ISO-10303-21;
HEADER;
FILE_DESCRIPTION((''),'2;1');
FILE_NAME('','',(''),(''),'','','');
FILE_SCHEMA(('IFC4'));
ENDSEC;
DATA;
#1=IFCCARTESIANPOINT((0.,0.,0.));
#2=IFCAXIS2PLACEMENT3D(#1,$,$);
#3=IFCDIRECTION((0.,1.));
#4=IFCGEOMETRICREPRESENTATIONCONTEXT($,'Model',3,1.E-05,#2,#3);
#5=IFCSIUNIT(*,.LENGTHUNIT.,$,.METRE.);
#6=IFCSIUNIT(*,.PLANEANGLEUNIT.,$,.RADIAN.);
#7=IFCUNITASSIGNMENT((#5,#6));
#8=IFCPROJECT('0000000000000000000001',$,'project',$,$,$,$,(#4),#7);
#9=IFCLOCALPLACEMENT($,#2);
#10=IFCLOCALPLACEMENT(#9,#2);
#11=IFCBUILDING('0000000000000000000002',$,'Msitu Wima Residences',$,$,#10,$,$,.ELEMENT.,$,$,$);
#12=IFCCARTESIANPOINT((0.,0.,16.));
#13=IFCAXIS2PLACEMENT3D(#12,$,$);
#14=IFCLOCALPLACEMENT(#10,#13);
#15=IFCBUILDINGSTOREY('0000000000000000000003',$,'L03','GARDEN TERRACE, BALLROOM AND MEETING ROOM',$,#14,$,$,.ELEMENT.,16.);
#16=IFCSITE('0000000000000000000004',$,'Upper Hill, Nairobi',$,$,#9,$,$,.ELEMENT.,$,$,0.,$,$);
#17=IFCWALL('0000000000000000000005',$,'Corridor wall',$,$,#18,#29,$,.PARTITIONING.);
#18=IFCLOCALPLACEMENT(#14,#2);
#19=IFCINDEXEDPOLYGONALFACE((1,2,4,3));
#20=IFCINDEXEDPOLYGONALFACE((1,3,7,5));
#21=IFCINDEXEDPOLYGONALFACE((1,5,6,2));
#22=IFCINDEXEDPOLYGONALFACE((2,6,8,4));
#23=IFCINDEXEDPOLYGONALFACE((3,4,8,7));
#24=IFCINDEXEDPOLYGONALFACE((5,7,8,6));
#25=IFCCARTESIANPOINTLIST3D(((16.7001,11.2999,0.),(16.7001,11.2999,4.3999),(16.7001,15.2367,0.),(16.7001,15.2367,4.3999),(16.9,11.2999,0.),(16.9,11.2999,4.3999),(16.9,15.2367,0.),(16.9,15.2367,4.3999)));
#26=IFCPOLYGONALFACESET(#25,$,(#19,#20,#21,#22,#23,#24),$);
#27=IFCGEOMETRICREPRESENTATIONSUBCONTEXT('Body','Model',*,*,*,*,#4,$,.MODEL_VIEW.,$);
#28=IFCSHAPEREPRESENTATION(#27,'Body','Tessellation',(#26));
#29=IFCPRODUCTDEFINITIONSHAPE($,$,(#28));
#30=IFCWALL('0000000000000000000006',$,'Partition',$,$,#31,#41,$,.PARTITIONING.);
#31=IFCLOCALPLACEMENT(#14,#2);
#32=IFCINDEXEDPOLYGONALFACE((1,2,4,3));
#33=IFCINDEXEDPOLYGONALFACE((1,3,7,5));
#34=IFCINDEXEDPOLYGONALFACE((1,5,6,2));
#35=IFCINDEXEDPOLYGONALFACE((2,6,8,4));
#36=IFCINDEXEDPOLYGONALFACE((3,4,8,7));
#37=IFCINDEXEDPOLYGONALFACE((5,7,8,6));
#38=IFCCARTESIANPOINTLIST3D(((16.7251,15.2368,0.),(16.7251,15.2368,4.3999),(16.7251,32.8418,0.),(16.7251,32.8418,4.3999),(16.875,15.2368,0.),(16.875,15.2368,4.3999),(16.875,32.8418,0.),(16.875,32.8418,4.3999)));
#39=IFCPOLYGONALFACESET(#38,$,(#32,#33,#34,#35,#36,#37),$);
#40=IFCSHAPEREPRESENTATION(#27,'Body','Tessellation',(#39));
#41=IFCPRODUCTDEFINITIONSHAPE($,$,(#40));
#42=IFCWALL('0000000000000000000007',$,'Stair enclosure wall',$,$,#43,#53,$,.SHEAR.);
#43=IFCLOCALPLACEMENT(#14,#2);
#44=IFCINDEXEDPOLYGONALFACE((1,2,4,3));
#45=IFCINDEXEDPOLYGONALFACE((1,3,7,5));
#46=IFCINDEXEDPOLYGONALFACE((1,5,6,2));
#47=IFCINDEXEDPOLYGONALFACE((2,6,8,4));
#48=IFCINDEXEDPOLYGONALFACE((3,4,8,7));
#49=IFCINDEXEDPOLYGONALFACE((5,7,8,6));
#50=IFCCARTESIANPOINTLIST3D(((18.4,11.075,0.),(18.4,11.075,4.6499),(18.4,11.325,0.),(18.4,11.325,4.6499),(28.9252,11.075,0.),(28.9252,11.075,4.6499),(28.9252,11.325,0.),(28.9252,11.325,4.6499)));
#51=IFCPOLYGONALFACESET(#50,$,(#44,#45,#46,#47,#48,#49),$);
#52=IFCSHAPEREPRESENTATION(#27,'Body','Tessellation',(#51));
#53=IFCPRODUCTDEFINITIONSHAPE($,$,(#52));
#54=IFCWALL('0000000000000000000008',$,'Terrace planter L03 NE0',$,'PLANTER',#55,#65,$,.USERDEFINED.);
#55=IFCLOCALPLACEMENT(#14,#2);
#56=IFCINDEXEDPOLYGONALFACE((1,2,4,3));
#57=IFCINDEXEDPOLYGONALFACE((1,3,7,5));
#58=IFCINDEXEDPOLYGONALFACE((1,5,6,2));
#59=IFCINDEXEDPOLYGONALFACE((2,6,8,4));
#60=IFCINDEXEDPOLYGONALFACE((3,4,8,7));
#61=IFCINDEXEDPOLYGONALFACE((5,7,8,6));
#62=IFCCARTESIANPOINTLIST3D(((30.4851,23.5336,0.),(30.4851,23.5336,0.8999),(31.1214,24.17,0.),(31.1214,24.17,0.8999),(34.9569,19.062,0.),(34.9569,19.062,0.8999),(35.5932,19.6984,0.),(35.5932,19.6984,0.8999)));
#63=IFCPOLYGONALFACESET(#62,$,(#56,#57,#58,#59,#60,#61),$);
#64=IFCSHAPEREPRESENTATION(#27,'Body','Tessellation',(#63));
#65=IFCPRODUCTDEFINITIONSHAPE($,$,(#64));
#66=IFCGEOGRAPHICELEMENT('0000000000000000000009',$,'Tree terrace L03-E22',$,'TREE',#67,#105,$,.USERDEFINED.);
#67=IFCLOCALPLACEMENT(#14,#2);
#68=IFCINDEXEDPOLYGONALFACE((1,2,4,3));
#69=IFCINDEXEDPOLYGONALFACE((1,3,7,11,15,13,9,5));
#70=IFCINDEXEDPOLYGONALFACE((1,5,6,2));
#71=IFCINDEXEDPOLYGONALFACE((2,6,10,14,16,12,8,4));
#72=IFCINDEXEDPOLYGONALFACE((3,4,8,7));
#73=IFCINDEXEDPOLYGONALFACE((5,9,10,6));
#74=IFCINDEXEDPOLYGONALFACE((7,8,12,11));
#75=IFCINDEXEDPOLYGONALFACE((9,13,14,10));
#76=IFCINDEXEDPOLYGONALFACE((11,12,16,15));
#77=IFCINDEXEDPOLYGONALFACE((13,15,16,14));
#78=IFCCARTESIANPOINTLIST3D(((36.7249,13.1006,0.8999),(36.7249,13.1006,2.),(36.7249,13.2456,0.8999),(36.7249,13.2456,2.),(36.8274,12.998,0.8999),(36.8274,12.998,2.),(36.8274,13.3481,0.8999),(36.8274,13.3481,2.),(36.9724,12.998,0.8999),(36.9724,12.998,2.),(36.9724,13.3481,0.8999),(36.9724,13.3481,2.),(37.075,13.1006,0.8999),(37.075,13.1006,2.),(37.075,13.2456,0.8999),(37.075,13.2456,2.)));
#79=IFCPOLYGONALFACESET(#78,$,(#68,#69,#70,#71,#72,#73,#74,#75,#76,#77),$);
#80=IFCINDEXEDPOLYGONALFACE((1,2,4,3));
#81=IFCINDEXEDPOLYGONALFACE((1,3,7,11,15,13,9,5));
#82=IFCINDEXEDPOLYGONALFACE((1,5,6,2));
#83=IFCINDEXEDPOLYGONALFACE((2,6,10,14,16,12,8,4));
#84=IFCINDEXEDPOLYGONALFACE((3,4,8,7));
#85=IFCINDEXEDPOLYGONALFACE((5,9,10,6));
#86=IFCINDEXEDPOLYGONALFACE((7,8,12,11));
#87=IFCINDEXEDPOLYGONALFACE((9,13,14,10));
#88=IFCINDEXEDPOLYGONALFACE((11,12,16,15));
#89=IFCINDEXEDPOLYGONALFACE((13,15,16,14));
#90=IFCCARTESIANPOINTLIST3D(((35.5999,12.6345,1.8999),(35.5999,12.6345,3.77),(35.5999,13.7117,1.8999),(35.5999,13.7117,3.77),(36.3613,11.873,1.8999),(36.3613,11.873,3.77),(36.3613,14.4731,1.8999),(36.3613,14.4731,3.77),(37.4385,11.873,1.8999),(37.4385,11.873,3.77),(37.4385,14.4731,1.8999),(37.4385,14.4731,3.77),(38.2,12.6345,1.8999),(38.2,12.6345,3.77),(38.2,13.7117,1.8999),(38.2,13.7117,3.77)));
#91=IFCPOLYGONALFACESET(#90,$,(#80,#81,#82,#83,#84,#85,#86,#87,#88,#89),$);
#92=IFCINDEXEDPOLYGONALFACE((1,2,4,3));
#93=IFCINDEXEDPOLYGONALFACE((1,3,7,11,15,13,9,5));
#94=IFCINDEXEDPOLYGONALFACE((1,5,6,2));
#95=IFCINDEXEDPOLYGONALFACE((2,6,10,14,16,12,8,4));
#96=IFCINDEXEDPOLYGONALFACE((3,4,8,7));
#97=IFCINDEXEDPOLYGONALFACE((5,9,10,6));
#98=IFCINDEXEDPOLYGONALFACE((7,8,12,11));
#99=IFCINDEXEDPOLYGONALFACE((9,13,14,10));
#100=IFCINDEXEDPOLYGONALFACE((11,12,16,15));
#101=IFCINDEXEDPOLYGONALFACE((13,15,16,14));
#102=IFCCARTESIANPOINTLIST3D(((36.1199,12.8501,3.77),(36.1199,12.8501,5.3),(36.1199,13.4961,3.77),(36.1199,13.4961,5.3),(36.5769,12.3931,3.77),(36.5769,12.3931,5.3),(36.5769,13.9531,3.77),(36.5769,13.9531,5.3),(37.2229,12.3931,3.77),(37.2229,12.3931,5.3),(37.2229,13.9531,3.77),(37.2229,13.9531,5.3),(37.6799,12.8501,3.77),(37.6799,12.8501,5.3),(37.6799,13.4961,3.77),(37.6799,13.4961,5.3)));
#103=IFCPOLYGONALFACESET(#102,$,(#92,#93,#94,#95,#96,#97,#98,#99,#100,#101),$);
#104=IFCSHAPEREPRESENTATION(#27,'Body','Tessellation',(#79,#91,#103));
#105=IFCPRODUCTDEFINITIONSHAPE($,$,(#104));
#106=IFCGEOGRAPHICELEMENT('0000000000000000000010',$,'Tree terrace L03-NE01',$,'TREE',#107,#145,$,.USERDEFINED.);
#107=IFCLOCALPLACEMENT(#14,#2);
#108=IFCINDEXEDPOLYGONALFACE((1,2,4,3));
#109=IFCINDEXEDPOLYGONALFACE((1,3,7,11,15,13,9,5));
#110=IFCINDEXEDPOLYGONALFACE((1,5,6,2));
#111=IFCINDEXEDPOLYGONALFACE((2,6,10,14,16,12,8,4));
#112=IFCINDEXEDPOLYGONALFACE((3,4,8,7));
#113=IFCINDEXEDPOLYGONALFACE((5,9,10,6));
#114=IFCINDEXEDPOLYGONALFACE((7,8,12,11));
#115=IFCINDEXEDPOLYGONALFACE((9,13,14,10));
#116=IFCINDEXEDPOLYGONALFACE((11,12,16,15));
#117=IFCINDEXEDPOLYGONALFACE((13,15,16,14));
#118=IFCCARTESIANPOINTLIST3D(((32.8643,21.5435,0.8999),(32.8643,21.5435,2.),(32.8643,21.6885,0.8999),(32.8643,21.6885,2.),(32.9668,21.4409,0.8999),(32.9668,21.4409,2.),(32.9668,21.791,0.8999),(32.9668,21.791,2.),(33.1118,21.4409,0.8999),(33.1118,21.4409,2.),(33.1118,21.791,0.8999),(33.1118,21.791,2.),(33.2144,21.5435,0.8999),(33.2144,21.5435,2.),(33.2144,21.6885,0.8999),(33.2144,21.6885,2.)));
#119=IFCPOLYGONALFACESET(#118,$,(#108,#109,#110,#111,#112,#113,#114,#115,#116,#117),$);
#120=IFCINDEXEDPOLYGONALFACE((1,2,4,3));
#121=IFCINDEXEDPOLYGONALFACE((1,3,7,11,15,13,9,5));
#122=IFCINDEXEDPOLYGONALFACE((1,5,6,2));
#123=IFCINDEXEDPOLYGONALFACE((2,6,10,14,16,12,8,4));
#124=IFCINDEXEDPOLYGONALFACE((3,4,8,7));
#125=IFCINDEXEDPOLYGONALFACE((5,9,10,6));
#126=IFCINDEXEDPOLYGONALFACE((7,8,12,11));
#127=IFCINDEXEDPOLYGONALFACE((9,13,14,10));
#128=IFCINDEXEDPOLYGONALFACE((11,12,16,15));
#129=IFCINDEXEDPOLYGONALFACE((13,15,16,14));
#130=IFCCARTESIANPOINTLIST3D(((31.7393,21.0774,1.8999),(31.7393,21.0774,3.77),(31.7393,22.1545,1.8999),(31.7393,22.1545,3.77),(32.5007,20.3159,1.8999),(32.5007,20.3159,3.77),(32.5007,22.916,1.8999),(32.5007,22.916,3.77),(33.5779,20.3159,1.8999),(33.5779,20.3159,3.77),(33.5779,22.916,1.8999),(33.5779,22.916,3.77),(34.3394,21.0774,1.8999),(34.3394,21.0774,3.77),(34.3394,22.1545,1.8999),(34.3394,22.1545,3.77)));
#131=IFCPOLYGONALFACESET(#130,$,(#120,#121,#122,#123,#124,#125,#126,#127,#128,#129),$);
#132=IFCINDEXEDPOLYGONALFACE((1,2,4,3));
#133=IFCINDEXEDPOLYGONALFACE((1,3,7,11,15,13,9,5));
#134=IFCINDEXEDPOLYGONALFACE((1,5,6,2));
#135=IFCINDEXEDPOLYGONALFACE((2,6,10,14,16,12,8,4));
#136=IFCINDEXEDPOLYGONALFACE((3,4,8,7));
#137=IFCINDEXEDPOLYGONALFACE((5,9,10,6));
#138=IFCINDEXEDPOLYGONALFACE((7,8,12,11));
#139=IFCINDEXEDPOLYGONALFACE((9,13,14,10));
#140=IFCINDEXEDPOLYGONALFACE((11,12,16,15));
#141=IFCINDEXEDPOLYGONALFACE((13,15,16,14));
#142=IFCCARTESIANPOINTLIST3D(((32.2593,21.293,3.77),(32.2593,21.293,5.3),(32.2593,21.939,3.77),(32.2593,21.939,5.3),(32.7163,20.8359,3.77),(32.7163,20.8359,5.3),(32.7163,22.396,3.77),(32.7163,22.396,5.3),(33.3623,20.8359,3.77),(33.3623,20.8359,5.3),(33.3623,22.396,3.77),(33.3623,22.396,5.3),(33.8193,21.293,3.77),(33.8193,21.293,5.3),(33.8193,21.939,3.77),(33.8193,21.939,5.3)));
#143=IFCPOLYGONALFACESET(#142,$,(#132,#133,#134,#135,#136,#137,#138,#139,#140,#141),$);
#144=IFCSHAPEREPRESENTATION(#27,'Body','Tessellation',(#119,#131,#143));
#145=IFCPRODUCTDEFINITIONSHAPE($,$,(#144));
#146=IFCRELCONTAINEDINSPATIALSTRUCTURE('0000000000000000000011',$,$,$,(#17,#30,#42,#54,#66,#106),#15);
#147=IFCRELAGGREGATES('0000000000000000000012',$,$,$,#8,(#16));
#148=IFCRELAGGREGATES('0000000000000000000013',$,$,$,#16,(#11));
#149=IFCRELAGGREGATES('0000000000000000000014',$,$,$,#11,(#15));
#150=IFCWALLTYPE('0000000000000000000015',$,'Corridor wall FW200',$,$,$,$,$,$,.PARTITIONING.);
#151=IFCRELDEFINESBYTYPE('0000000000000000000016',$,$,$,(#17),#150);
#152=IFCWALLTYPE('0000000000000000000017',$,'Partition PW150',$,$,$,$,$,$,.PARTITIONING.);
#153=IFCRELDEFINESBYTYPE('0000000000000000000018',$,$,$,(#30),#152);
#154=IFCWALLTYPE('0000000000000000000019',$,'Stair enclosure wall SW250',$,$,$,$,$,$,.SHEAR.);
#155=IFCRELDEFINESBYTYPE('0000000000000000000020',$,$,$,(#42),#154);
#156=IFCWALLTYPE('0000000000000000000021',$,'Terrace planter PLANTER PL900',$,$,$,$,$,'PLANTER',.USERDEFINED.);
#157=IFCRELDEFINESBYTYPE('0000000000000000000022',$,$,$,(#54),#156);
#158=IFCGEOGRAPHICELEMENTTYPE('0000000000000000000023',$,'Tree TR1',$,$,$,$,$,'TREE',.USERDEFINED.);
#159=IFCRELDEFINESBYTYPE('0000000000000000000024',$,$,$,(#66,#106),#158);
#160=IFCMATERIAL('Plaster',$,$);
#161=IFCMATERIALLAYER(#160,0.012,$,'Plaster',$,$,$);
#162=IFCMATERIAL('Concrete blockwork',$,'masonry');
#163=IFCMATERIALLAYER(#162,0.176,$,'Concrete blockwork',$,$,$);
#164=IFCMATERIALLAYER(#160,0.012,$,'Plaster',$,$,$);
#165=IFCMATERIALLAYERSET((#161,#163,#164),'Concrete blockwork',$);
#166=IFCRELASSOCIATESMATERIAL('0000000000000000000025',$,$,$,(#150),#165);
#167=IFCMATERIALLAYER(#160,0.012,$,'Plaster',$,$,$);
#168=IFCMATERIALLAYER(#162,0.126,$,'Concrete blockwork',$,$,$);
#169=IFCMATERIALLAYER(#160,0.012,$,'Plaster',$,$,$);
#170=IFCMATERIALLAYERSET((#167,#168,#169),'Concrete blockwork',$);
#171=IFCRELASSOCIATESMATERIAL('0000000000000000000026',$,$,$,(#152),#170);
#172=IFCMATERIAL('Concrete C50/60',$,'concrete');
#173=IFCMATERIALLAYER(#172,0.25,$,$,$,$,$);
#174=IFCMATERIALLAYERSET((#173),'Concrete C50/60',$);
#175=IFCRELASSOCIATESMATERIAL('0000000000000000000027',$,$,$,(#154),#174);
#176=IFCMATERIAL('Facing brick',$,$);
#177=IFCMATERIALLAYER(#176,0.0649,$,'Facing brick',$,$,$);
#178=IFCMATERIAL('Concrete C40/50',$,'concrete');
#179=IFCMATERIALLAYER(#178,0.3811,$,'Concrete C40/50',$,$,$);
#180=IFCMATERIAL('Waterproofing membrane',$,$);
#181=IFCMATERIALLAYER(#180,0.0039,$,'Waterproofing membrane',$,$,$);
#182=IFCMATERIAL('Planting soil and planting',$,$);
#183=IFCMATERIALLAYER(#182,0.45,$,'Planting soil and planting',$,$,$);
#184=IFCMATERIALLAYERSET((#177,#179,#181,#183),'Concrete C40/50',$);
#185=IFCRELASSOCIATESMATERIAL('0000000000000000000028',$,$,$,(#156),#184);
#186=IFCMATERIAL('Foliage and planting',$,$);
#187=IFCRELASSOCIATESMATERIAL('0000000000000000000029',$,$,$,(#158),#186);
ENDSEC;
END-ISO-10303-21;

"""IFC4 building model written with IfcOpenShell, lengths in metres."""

from ifc_helpers import new_model, si_unit, direction, frame, frame_2d, origin, place, context, subcontext, project, spatial, polyline, rectangle, outline, extrude, material, layer, layer_set, type_object, element, save


model = new_model("IFC4")

# Units and contexts
model_context = context("Model", 3, precision=1e-05, world=origin(), true_north=direction((0.0, 1.0)))
body_context = subcontext(model_context, "Body", "Model", "MODEL_VIEW")
ifc_project = project(units=[si_unit("LENGTHUNIT", "METRE"), si_unit("PLANEANGLEUNIT", "RADIAN")], contexts=[model_context])

# Site, building, storey
site_placement = place(None, origin())
site = spatial("IfcSite", under=ifc_project, at=site_placement, Name="Upper Hill, Nairobi", CompositionType="ELEMENT", RefElevation=0.0)
building_placement = place(site_placement, origin())
building = spatial("IfcBuilding", under=site, at=building_placement, Name="Msitu Wima Residences", CompositionType="ELEMENT")
storey_placement = place(building_placement, frame((0.0, 0.0, 16.0)))
storey = spatial("IfcBuildingStorey", under=building, at=storey_placement, Name="L03", Description="GARDEN TERRACE, BALLROOM AND MEETING ROOM", CompositionType="ELEMENT", Elevation=16.0)

# Walls
ifc_material_1 = material(Name="Plaster")
ifc_layer_1 = layer(ifc_material_1, 0.012, Name="Plaster")
ifc_material_2 = material(Name="Concrete blockwork", Category="masonry")
ifc_layer_2 = layer(ifc_material_2, 0.176, Name="Concrete blockwork")
ifc_layer_3 = layer(ifc_material_1, 0.012, Name="Plaster")
ifc_layer_set_1 = layer_set([ifc_layer_1, ifc_layer_2, ifc_layer_3], Name="Concrete blockwork")
wall_type_1 = type_object("IfcWallType", Name="Corridor wall FW200", PredefinedType="PARTITIONING", material=ifc_layer_set_1)
wall_1_placement = place(storey_placement, frame((16.8, 11.3, 0.0), z_axis=(0.0, 0.0, 1.0), x_axis=(0.0, 1.0, 0.0)))
element("IfcWall", 1, at=wall_1_placement, inside=storey, type_object=wall_type_1, Name="Corridor wall", PredefinedType="PARTITIONING", context=body_context, shape_type="SweptSolid", body=[
    extrude(rectangle(XDim=3.9368, YDim=0.2, at=frame_2d((1.9683, 0.0))), origin(), (0.0, 0.0, 1.0), 4.3999),
])
ifc_layer_4 = layer(ifc_material_1, 0.012, Name="Plaster")
ifc_layer_5 = layer(ifc_material_2, 0.126, Name="Concrete blockwork")
ifc_layer_6 = layer(ifc_material_1, 0.012, Name="Plaster")
ifc_layer_set_2 = layer_set([ifc_layer_4, ifc_layer_5, ifc_layer_6], Name="Concrete blockwork")
wall_type_2 = type_object("IfcWallType", Name="Partition PW150", PredefinedType="PARTITIONING", material=ifc_layer_set_2)
wall_2_placement = place(storey_placement, frame((16.8, 15.2368, 0.0), z_axis=(0.0, 0.0, 1.0), x_axis=(0.0, 1.0, 0.0)))
element("IfcWall", 2, at=wall_2_placement, inside=storey, type_object=wall_type_2, Name="Partition", PredefinedType="PARTITIONING", context=body_context, shape_type="SweptSolid", body=[
    extrude(rectangle(XDim=17.605, YDim=0.1499, at=frame_2d((8.8025, 0.0))), origin(), (0.0, 0.0, 1.0), 4.3999),
])
ifc_material_3 = material(Name="Concrete C50/60", Category="concrete")
ifc_layer_7 = layer(ifc_material_3, 0.25)
ifc_layer_set_3 = layer_set([ifc_layer_7], Name="Concrete C50/60")
wall_type_3 = type_object("IfcWallType", Name="Stair enclosure wall SW250", PredefinedType="SHEAR", material=ifc_layer_set_3)
wall_3_placement = place(storey_placement, frame((18.3999, 11.2, 0.0), z_axis=(0.0, 0.0, 1.0), x_axis=(1.0, 0.0, 0.0)))
element("IfcWall", 3, at=wall_3_placement, inside=storey, type_object=wall_type_3, Name="Stair enclosure wall", PredefinedType="SHEAR", context=body_context, shape_type="SweptSolid", body=[
    extrude(rectangle(XDim=10.5251, YDim=0.25, at=frame_2d((5.2627, 0.0))), origin(), (0.0, 0.0, 1.0), 4.6499),
])
ifc_material_4 = material(Name="Facing brick")
ifc_layer_8 = layer(ifc_material_4, 0.0649, Name="Facing brick")
ifc_material_5 = material(Name="Concrete C40/50", Category="concrete")
ifc_layer_9 = layer(ifc_material_5, 0.3811, Name="Concrete C40/50")
ifc_material_6 = material(Name="Waterproofing membrane")
ifc_layer_10 = layer(ifc_material_6, 0.0039, Name="Waterproofing membrane")
ifc_material_7 = material(Name="Planting soil and planting")
ifc_layer_11 = layer(ifc_material_7, 0.45, Name="Planting soil and planting")
ifc_layer_set_4 = layer_set([ifc_layer_8, ifc_layer_9, ifc_layer_10, ifc_layer_11], Name="Concrete C40/50")
wall_type_4 = type_object("IfcWallType", Name="Terrace planter PLANTER PL900", ElementType="PLANTER", PredefinedType="USERDEFINED", material=ifc_layer_set_4)
wall_4_placement = place(storey_placement, frame((35.2751, 19.3801, 0.0), z_axis=(0.0, 0.0, 1.0), x_axis=(-0.707126, 0.707087, 0.0)))
element("IfcWall", 4, at=wall_4_placement, inside=storey, type_object=wall_type_4, Name="Terrace planter L03 NE0", ObjectType="PLANTER", PredefinedType="USERDEFINED", context=body_context, shape_type="SweptSolid", body=[
    extrude(rectangle(XDim=6.324, YDim=0.8999, at=frame_2d((3.1621, 0.0))), origin(), (0.0, 0.0, 1.0), 0.8999),
])

# Geographic elements
ifc_material_8 = material(Name="Foliage and planting")
geographic_element_type = type_object("IfcGeographicElementType", Name="Tree TR1", ElementType="TREE", PredefinedType="USERDEFINED", material=ifc_material_8)
for number, where, z_axis, x_axis, name in (
    (5, (36.8999, 13.1731, 0.8999), (0.0, 0.0, 1.0), (1.0, 0.0, 0.0), "Tree terrace L03-E22"),
    (6, (33.0393, 21.616, 0.8999), (0.0, 0.0, 1.0), (1.0, 0.0, 0.0), "Tree terrace L03-NE01"),
):
    element("IfcGeographicElement", number, at=place(storey_placement, frame(where, z_axis=z_axis, x_axis=x_axis)), inside=storey, type_object=geographic_element_type, Name=name, ObjectType="TREE", PredefinedType="USERDEFINED", context=body_context, shape_type="SweptSolid", body=[
        extrude(outline(polyline([(0.175, 0.0725), (0.0725, 0.175), (-0.0725, 0.175), (-0.175, 0.0725), (-0.175, -0.0725), (-0.0725, -0.175), (0.0725, -0.175), (0.175, -0.0725), (0.175, 0.0725)])), origin(), (0.0, 0.0, 1.0), 1.1001),
        extrude(outline(polyline([(1.3, 0.5386), (0.5386, 1.3), (-0.5386, 1.3), (-1.3, 0.5386), (-1.3, -0.5386), (-0.5386, -1.3), (0.5386, -1.3), (1.3, -0.5386), (1.3, 0.5386)])), frame((0.0, 0.0, 1.0)), (0.0, 0.0, 1.0), 1.8701),
        extrude(outline(polyline([(0.78, 0.323), (0.323, 0.78), (-0.323, 0.78), (-0.78, 0.323), (-0.78, -0.323), (-0.323, -0.78), (0.323, -0.78), (0.78, -0.323), (0.78, 0.323)])), frame((0.0, 0.0, 2.8701)), (0.0, 0.0, 1.0), 1.53),
    ])

save(model, "model.ifc")
